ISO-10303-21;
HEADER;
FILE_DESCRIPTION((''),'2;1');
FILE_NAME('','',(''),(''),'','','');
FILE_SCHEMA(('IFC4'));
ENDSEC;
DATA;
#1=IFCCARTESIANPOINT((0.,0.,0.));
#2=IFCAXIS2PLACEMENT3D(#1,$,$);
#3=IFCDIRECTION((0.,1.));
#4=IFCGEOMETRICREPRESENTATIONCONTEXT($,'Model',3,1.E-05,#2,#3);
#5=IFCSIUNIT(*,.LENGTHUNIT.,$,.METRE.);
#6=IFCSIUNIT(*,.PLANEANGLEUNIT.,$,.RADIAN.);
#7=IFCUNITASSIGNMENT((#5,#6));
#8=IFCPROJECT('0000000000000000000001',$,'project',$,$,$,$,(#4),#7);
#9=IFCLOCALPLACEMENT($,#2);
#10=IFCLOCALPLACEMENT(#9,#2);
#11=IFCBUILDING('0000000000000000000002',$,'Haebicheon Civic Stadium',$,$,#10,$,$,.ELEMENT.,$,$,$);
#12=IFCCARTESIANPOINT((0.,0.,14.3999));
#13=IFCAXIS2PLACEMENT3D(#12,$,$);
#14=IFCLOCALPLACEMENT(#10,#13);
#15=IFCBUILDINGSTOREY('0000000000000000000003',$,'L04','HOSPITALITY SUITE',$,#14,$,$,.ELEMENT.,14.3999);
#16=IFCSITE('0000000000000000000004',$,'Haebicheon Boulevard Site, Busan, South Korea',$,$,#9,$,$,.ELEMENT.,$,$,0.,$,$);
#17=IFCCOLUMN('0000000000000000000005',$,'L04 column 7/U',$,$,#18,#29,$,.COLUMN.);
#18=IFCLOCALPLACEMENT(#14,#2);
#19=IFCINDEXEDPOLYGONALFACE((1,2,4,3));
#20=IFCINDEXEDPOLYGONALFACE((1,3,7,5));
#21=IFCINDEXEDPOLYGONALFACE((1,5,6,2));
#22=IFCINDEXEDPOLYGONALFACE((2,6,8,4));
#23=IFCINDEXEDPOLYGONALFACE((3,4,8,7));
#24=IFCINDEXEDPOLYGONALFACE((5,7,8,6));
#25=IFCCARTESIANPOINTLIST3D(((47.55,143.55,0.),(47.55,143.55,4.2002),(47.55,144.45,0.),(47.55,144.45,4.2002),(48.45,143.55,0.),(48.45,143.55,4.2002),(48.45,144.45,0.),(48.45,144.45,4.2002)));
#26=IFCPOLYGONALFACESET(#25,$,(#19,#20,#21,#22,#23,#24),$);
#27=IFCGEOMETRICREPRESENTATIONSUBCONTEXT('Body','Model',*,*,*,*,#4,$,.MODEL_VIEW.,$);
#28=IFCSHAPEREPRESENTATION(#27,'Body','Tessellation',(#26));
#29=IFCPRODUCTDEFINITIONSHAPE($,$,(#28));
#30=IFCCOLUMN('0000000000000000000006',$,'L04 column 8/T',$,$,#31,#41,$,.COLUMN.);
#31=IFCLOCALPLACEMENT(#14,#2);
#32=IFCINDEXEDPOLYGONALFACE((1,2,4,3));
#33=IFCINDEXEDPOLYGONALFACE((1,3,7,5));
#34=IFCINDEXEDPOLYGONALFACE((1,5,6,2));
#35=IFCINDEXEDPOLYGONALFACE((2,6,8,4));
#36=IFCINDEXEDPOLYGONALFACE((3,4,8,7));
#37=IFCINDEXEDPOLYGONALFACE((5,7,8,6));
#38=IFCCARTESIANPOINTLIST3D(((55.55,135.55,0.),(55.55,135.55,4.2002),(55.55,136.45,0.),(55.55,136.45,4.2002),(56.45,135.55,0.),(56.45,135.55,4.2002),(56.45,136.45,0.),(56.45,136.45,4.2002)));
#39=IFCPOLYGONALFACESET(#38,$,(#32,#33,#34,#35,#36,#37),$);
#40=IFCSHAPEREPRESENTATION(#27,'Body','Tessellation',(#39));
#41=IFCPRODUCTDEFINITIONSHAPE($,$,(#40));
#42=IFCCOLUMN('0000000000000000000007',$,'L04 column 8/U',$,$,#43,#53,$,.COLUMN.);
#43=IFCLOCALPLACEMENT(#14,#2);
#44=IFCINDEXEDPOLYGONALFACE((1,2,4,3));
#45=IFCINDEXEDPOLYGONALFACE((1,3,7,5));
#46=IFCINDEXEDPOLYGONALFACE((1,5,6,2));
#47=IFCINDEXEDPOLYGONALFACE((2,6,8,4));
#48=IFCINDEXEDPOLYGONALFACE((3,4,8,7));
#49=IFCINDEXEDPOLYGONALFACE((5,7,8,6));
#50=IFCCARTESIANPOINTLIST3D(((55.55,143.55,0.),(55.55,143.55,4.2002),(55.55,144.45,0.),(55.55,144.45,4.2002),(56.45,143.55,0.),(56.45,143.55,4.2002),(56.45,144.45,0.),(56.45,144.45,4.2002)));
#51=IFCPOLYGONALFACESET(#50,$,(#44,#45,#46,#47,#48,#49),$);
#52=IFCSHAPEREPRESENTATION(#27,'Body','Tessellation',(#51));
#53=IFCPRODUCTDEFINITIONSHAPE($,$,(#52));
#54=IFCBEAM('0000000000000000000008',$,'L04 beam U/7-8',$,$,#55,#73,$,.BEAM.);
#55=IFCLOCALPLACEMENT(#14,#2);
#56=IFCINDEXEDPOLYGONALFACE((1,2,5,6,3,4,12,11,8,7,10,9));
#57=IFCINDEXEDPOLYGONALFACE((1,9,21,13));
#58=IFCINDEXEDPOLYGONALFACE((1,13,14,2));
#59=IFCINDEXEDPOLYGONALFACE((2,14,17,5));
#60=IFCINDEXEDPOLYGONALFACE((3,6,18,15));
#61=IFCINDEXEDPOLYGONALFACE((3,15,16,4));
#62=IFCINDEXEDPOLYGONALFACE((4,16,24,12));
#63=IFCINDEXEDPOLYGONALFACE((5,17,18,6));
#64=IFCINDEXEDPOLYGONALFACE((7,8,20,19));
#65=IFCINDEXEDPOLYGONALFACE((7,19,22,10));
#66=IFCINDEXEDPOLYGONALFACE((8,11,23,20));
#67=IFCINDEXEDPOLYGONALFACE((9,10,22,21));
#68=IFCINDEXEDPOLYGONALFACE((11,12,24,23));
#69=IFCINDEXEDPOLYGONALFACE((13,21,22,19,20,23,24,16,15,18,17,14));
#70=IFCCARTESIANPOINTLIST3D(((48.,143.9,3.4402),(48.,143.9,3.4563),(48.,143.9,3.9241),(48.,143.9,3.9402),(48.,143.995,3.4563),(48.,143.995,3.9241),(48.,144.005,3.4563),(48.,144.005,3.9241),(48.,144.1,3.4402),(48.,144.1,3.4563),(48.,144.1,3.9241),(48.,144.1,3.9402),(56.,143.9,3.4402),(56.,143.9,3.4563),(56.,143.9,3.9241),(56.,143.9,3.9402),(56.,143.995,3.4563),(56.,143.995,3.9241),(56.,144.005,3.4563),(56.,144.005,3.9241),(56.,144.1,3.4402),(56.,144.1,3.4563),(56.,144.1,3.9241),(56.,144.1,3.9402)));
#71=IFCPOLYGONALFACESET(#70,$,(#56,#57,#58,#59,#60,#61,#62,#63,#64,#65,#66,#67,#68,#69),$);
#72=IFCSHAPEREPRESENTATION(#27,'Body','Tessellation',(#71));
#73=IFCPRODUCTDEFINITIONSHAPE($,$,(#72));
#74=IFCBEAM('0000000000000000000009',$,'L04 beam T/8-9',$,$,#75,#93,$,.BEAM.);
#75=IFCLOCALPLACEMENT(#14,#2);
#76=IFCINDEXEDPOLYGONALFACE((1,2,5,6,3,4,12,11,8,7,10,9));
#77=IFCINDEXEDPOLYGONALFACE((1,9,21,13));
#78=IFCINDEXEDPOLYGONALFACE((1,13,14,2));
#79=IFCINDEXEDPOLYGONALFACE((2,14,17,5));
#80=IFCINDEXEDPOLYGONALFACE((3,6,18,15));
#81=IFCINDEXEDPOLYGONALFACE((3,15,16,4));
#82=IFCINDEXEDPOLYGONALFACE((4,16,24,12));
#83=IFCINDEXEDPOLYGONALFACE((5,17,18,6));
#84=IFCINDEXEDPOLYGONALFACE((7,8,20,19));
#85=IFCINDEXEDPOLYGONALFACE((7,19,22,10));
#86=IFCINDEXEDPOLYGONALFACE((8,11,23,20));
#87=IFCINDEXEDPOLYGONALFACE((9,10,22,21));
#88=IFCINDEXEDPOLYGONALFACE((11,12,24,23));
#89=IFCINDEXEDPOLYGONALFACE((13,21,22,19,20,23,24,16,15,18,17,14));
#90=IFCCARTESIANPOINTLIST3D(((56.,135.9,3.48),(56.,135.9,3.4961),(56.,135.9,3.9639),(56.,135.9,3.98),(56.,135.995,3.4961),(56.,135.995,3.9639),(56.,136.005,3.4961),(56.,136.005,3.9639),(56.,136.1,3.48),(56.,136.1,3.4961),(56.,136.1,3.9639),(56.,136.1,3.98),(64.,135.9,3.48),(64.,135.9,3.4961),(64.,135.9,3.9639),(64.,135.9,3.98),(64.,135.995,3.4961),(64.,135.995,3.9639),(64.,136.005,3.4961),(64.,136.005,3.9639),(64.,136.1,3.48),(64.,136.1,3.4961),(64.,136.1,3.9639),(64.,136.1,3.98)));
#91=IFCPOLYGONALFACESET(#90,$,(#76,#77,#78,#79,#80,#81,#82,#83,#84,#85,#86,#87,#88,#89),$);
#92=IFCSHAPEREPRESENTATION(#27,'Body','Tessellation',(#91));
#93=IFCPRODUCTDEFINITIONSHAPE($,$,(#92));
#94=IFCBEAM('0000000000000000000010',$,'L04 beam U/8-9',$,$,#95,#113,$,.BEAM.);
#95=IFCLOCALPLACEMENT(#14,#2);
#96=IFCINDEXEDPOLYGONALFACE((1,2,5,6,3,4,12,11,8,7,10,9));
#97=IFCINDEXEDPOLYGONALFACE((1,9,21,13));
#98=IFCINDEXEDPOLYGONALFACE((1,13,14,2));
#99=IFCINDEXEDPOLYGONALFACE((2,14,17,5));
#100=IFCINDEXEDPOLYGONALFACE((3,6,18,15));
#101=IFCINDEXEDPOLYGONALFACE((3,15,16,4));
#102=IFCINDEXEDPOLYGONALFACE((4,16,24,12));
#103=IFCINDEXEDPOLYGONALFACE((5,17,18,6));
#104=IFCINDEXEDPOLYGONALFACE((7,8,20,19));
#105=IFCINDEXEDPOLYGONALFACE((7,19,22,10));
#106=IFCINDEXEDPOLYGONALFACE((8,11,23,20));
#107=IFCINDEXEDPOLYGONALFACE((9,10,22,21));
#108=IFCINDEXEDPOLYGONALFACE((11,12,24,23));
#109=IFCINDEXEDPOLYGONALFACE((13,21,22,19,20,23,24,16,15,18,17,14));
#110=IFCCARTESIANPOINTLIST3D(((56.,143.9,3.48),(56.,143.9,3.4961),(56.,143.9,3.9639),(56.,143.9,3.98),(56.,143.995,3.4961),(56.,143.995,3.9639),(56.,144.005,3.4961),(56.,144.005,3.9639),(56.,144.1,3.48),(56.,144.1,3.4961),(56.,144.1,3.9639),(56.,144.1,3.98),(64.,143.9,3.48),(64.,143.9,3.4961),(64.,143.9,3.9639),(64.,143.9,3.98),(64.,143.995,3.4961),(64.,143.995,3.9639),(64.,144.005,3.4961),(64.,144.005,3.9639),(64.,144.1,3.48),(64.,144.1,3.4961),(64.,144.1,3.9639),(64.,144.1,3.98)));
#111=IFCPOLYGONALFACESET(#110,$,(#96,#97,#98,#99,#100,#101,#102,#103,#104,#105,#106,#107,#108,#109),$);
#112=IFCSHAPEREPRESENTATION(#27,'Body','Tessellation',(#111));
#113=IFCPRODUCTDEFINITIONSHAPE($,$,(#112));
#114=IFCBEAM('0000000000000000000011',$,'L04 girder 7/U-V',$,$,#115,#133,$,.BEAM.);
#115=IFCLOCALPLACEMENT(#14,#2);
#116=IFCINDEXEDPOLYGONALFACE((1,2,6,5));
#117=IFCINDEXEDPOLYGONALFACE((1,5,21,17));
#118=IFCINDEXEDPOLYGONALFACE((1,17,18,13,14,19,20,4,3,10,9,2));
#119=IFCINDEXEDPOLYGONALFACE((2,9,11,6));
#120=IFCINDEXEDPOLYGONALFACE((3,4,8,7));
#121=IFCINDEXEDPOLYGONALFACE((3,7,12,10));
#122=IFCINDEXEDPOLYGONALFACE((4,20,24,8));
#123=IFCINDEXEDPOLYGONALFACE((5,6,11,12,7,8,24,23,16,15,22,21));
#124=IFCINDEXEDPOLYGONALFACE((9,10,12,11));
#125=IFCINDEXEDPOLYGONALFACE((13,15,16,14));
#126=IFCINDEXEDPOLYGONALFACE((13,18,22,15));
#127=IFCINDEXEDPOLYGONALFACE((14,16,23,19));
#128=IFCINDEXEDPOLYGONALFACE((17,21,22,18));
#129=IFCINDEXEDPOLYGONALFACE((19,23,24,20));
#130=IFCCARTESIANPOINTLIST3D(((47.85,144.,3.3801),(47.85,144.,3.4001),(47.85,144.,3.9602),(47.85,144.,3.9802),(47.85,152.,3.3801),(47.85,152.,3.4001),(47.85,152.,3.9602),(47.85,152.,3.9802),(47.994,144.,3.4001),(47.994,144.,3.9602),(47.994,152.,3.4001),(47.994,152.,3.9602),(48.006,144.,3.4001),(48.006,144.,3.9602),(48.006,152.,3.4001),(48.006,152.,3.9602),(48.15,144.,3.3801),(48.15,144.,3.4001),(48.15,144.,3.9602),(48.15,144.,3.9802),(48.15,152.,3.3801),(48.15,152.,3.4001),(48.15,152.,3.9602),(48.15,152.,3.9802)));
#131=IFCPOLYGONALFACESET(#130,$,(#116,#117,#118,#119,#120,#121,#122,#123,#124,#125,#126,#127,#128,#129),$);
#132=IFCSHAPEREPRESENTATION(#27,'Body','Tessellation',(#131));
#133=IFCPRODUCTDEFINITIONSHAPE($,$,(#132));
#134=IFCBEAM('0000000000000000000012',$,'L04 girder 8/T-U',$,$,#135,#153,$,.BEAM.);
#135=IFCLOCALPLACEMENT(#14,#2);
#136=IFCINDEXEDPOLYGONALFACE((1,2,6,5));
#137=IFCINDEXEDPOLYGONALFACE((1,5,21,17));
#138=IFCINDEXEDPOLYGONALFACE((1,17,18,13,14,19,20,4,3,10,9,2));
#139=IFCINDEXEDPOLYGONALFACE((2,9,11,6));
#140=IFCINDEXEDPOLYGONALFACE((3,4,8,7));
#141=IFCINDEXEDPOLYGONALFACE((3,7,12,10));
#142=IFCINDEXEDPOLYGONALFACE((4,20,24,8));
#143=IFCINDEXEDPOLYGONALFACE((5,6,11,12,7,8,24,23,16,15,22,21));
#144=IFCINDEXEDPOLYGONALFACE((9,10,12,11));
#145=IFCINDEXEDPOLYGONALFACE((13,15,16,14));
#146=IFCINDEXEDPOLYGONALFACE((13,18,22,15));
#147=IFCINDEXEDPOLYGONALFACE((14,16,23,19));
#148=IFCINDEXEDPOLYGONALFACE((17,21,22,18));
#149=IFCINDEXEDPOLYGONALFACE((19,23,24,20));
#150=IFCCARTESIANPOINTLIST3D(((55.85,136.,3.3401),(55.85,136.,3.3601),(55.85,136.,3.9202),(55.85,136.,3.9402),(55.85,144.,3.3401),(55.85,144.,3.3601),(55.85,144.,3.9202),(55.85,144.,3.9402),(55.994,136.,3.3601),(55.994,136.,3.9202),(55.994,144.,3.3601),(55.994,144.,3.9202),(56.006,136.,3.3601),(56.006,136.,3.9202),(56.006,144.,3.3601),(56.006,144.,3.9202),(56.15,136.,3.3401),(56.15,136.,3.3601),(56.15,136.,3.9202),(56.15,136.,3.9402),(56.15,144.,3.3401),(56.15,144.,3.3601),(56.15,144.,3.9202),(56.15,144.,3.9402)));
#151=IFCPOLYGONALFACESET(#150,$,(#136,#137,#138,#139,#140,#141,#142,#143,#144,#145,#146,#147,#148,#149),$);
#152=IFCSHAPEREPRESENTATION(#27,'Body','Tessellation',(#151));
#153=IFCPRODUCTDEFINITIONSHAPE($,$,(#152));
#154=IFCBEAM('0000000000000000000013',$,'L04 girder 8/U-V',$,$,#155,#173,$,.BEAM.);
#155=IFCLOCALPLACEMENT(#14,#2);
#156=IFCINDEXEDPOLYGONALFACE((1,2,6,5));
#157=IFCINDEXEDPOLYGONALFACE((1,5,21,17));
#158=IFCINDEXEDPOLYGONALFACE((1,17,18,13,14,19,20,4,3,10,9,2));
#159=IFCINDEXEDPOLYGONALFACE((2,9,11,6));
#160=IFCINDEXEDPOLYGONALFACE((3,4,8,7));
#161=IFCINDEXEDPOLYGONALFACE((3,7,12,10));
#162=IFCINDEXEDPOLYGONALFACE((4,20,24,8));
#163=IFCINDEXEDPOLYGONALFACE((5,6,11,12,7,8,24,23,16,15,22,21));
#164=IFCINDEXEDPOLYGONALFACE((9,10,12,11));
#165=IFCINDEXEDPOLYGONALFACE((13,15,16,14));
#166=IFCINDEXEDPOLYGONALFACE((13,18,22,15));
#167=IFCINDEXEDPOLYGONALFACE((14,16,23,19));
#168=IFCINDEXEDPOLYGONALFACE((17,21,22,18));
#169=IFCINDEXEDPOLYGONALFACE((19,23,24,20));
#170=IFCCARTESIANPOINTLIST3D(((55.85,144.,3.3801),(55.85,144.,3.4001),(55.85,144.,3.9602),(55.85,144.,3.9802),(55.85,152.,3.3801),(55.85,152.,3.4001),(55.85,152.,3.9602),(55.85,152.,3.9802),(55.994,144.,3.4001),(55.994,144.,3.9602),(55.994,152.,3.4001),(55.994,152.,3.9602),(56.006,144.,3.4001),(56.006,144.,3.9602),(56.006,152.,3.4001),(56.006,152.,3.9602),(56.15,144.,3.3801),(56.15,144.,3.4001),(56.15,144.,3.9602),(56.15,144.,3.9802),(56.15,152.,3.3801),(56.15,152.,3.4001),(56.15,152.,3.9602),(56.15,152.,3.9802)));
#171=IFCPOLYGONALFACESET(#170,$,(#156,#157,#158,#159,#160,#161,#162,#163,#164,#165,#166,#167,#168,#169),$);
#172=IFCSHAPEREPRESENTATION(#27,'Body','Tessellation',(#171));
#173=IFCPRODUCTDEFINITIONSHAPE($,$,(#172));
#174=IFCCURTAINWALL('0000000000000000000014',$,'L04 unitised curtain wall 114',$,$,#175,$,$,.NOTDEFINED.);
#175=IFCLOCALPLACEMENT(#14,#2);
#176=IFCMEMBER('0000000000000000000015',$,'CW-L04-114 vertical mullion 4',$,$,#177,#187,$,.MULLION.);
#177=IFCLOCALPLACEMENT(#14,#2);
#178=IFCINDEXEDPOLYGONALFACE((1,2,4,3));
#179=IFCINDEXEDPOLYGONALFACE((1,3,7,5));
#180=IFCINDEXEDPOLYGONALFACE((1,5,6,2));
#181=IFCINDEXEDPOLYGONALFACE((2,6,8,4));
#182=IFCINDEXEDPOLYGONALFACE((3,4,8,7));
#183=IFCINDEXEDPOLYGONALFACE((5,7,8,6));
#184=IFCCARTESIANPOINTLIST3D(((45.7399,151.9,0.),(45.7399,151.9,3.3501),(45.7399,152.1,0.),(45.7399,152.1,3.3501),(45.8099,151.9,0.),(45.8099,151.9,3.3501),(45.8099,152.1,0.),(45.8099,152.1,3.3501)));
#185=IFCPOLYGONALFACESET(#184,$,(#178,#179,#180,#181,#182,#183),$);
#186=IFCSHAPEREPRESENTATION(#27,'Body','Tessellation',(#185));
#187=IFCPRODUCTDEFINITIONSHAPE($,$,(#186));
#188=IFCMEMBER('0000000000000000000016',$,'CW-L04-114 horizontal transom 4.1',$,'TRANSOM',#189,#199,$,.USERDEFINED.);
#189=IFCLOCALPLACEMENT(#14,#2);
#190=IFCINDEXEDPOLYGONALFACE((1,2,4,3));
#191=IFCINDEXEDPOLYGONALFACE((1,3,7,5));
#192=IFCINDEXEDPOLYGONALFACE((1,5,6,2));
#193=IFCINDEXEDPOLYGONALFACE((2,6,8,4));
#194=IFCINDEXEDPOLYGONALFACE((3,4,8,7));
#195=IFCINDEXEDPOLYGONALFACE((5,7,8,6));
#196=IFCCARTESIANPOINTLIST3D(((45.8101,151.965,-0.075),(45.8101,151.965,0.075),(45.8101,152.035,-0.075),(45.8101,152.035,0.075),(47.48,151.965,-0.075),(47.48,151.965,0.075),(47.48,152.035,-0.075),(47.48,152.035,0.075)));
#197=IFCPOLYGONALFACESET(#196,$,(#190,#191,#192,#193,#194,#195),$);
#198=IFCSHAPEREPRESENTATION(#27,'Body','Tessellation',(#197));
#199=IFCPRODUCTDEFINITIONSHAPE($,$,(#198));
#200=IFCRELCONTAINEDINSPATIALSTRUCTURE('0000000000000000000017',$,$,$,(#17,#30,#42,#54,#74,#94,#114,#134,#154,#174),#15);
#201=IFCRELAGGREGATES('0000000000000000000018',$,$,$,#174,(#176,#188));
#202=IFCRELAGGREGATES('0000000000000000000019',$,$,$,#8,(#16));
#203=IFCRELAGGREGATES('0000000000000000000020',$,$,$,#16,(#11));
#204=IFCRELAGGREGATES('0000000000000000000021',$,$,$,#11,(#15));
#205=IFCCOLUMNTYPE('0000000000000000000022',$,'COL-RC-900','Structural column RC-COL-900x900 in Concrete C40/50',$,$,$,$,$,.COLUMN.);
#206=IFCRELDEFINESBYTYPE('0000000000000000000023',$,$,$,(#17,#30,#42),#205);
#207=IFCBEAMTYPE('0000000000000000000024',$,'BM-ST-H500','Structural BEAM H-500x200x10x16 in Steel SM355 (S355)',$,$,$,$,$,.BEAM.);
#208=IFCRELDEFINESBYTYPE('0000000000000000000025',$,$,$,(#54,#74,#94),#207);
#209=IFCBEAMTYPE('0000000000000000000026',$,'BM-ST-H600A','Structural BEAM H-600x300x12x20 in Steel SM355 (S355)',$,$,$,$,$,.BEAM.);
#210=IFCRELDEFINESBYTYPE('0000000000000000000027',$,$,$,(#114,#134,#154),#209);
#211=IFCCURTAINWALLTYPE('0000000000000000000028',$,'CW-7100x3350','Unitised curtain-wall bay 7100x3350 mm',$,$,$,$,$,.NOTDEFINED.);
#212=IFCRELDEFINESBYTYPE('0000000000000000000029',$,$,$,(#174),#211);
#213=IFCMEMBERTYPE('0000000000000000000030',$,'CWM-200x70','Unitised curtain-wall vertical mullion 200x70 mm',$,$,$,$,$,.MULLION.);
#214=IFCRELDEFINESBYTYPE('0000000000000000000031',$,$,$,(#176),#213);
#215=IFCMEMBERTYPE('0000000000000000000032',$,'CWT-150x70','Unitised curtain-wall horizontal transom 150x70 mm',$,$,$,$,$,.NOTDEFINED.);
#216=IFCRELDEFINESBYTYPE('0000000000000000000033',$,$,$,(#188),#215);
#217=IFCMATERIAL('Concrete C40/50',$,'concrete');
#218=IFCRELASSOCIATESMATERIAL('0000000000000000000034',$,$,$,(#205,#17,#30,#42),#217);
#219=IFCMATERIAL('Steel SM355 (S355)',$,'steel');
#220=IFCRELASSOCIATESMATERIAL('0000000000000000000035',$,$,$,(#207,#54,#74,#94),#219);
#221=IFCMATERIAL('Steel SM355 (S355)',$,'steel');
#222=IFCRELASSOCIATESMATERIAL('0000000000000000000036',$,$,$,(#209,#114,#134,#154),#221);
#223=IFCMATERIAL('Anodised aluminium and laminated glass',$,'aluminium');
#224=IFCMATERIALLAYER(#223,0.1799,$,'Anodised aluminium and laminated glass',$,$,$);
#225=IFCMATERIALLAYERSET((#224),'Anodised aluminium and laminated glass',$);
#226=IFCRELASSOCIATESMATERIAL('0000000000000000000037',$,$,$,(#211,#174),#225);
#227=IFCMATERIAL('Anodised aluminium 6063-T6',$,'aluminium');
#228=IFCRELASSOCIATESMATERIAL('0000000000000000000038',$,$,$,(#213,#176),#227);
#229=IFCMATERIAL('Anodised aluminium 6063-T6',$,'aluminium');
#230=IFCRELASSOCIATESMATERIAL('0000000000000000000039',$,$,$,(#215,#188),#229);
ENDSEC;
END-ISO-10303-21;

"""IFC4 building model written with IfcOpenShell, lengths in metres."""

from ifc_helpers import new_model, si_unit, direction, frame, origin, origin_2d, place, context, subcontext, project, spatial, rectangle, i_section, extrude, material, layer, layer_set, material_profile, profile_set, type_object, element, aggregate, save


model = new_model("IFC4")

# Units and contexts
model_context = context("Model", 3, precision=1e-05, world=origin(), true_north=direction((0.0, 1.0)))
body_context = subcontext(model_context, "Body", "Model", "MODEL_VIEW")
ifc_project = project(units=[si_unit("LENGTHUNIT", "METRE"), si_unit("PLANEANGLEUNIT", "RADIAN")], contexts=[model_context])

# Site, building, storey
site_placement = place(None, origin())
site = spatial("IfcSite", under=ifc_project, at=site_placement, Name="Haebicheon Boulevard Site, Busan, South Korea", CompositionType="ELEMENT", RefElevation=0.0)
building_placement = place(site_placement, origin())
building = spatial("IfcBuilding", under=site, at=building_placement, Name="Haebicheon Civic Stadium", CompositionType="ELEMENT")
storey_placement = place(building_placement, frame((0.0, 0.0, 14.3999)))
storey = spatial("IfcBuildingStorey", under=building, at=storey_placement, Name="L04", Description="HOSPITALITY SUITE", CompositionType="ELEMENT", Elevation=14.3999)

# Columns
ifc_material_1 = material(Name="Concrete C40/50", Category="concrete")
ifc_material_profile_1 = material_profile(ifc_material_1, rectangle(XDim=0.8999, YDim=0.8999, at=origin_2d()), Name="RC-COL-900x900")
ifc_profile_set_1 = profile_set([ifc_material_profile_1], Name="Concrete C40/50")
column_type = type_object("IfcColumnType", Name="COL-RC-900", Description="Structural column RC-COL-900x900 in Concrete C40/50", PredefinedType="COLUMN", material=ifc_profile_set_1)
for number, where, z_axis, x_axis, name in (
    (1, (48.0, 144.0, 0.0), (0.0, 0.0, 1.0), (1.0, 0.0, 0.0), "L04 column 7/U"),
    (2, (56.0, 136.0, 0.0), (0.0, 0.0, 1.0), (1.0, 0.0, 0.0), "L04 column 8/T"),
    (3, (56.0, 144.0, 0.0), (0.0, 0.0, 1.0), (1.0, 0.0, 0.0), "L04 column 8/U"),
):
    element("IfcColumn", number, at=place(storey_placement, frame(where, z_axis=z_axis, x_axis=x_axis)), inside=storey, type_object=column_type, material=ifc_profile_set_1, Name=name, PredefinedType="COLUMN", context=body_context, shape_type="SweptSolid", body=[
        extrude(rectangle(XDim=0.8999, YDim=0.8999, at=origin_2d()), origin(), (0.0, 0.0, 1.0), 4.2002),
    ])

# Beams
ifc_material_2 = material(Name="Steel SM355 (S355)", Category="steel")
ifc_material_profile_2 = material_profile(ifc_material_2, i_section(OverallWidth=0.2, OverallDepth=0.5, WebThickness=0.01, FlangeThickness=0.0161, at=origin_2d()), Name="H-500x200x10x16")
ifc_profile_set_2 = profile_set([ifc_material_profile_2], Name="Steel SM355 (S355)")
beam_type_1 = type_object("IfcBeamType", Name="BM-ST-H500", Description="Structural BEAM H-500x200x10x16 in Steel SM355 (S355)", PredefinedType="BEAM", material=ifc_profile_set_2)
for number, where, z_axis, x_axis, name in (
    (4, (48.0, 144.0, 3.6902), (1.0, 0.0, 0.0), (0.0, 1.0, 0.0), "L04 beam U/7-8"),
    (5, (56.0, 136.0, 3.73), (1.0, 0.0, 0.0), (0.0, 1.0, 0.0), "L04 beam T/8-9"),
    (6, (56.0, 144.0, 3.73), (1.0, 0.0, 0.0), (0.0, 1.0, 0.0), "L04 beam U/8-9"),
):
    element("IfcBeam", number, at=place(storey_placement, frame(where, z_axis=z_axis, x_axis=x_axis)), inside=storey, type_object=beam_type_1, material=ifc_profile_set_2, Name=name, PredefinedType="BEAM", context=body_context, shape_type="SweptSolid", body=[
        extrude(i_section(OverallWidth=0.2, OverallDepth=0.5, WebThickness=0.01, FlangeThickness=0.0161, at=origin_2d()), origin(), (0.0, 0.0, 1.0), 8.0),
    ])
ifc_material_3 = material(Name="Steel SM355 (S355)", Category="steel")
ifc_material_profile_3 = material_profile(ifc_material_3, i_section(OverallWidth=0.3, OverallDepth=0.6001, WebThickness=0.012, FlangeThickness=0.02, at=origin_2d()), Name="H-600x300x12x20")
ifc_profile_set_3 = profile_set([ifc_material_profile_3], Name="Steel SM355 (S355)")
beam_type_2 = type_object("IfcBeamType", Name="BM-ST-H600A", Description="Structural BEAM H-600x300x12x20 in Steel SM355 (S355)", PredefinedType="BEAM", material=ifc_profile_set_3)
for number, where, z_axis, x_axis, name in (
    (7, (48.0, 144.0, 3.6802), (0.0, 1.0, 0.0), (-1.0, 0.0, 0.0), "L04 girder 7/U-V"),
    (8, (56.0, 136.0, 3.6401), (0.0, 1.0, 0.0), (-1.0, 0.0, 0.0), "L04 girder 8/T-U"),
    (9, (56.0, 144.0, 3.6802), (0.0, 1.0, 0.0), (-1.0, 0.0, 0.0), "L04 girder 8/U-V"),
):
    element("IfcBeam", number, at=place(storey_placement, frame(where, z_axis=z_axis, x_axis=x_axis)), inside=storey, type_object=beam_type_2, material=ifc_profile_set_3, Name=name, PredefinedType="BEAM", context=body_context, shape_type="SweptSolid", body=[
        extrude(i_section(OverallWidth=0.3, OverallDepth=0.6001, WebThickness=0.012, FlangeThickness=0.02, at=origin_2d()), origin(), (0.0, 0.0, 1.0), 8.0),
    ])

# Curtain wall, members
ifc_material_4 = material(Name="Anodised aluminium and laminated glass", Category="aluminium")
ifc_layer_1 = layer(ifc_material_4, 0.1799, Name="Anodised aluminium and laminated glass")
ifc_layer_set_1 = layer_set([ifc_layer_1], Name="Anodised aluminium and laminated glass")
curtain_wall_type = type_object("IfcCurtainWallType", Name="CW-7100x3350", Description="Unitised curtain-wall bay 7100x3350 mm", PredefinedType="NOTDEFINED", material=ifc_layer_set_1)
curtain_wall_placement = place(storey_placement, origin())
curtain_wall = element("IfcCurtainWall", 10, at=curtain_wall_placement, inside=storey, type_object=curtain_wall_type, material=ifc_layer_set_1, Name="L04 unitised curtain wall 114", PredefinedType="NOTDEFINED")
ifc_material_5 = material(Name="Anodised aluminium 6063-T6", Category="aluminium")
ifc_material_profile_4 = material_profile(ifc_material_5, rectangle(XDim=0.0701, YDim=0.2, at=origin_2d()), Name="ALU-MULL-70x200")
ifc_profile_set_4 = profile_set([ifc_material_profile_4], Name="Anodised aluminium 6063-T6")
member_type_1 = type_object("IfcMemberType", Name="CWM-200x70", Description="Unitised curtain-wall vertical mullion 200x70 mm", PredefinedType="MULLION", material=ifc_profile_set_4)
member_1_placement = place(storey_placement, frame((45.7749, 152.0, 0.0), z_axis=(0.0, 0.0, 1.0), x_axis=(1.0, 0.0, 0.0)))
member_1 = element("IfcMember", 11, at=member_1_placement, type_object=member_type_1, material=ifc_profile_set_4, Name="CW-L04-114 vertical mullion 4", PredefinedType="MULLION", context=body_context, shape_type="SweptSolid", body=[
    extrude(rectangle(XDim=0.0701, YDim=0.2, at=origin_2d()), origin(), (0.0, 0.0, 1.0), 3.3501),
])
ifc_material_6 = material(Name="Anodised aluminium 6063-T6", Category="aluminium")
ifc_material_profile_5 = material_profile(ifc_material_6, rectangle(XDim=0.0701, YDim=0.1499, at=origin_2d()), Name="ALU-TRAN-70x150")
ifc_profile_set_5 = profile_set([ifc_material_profile_5], Name="Anodised aluminium 6063-T6")
member_type_2 = type_object("IfcMemberType", Name="CWT-150x70", Description="Unitised curtain-wall horizontal transom 150x70 mm", PredefinedType="NOTDEFINED", material=ifc_profile_set_5)
member_2_placement = place(storey_placement, frame((45.8101, 152.0, 0.0), z_axis=(1.0, 0.0, 0.0), x_axis=(0.0, 1.0, 0.0)))
member_2 = element("IfcMember", 12, at=member_2_placement, type_object=member_type_2, material=ifc_profile_set_5, Name="CW-L04-114 horizontal transom 4.1", ObjectType="TRANSOM", PredefinedType="USERDEFINED", context=body_context, shape_type="SweptSolid", body=[
    extrude(rectangle(XDim=0.0701, YDim=0.1499, at=origin_2d()), origin(), (0.0, 0.0, 1.0), 1.6699),
])

aggregate(curtain_wall, [member_1, member_2])

save(model, "model.ifc")
